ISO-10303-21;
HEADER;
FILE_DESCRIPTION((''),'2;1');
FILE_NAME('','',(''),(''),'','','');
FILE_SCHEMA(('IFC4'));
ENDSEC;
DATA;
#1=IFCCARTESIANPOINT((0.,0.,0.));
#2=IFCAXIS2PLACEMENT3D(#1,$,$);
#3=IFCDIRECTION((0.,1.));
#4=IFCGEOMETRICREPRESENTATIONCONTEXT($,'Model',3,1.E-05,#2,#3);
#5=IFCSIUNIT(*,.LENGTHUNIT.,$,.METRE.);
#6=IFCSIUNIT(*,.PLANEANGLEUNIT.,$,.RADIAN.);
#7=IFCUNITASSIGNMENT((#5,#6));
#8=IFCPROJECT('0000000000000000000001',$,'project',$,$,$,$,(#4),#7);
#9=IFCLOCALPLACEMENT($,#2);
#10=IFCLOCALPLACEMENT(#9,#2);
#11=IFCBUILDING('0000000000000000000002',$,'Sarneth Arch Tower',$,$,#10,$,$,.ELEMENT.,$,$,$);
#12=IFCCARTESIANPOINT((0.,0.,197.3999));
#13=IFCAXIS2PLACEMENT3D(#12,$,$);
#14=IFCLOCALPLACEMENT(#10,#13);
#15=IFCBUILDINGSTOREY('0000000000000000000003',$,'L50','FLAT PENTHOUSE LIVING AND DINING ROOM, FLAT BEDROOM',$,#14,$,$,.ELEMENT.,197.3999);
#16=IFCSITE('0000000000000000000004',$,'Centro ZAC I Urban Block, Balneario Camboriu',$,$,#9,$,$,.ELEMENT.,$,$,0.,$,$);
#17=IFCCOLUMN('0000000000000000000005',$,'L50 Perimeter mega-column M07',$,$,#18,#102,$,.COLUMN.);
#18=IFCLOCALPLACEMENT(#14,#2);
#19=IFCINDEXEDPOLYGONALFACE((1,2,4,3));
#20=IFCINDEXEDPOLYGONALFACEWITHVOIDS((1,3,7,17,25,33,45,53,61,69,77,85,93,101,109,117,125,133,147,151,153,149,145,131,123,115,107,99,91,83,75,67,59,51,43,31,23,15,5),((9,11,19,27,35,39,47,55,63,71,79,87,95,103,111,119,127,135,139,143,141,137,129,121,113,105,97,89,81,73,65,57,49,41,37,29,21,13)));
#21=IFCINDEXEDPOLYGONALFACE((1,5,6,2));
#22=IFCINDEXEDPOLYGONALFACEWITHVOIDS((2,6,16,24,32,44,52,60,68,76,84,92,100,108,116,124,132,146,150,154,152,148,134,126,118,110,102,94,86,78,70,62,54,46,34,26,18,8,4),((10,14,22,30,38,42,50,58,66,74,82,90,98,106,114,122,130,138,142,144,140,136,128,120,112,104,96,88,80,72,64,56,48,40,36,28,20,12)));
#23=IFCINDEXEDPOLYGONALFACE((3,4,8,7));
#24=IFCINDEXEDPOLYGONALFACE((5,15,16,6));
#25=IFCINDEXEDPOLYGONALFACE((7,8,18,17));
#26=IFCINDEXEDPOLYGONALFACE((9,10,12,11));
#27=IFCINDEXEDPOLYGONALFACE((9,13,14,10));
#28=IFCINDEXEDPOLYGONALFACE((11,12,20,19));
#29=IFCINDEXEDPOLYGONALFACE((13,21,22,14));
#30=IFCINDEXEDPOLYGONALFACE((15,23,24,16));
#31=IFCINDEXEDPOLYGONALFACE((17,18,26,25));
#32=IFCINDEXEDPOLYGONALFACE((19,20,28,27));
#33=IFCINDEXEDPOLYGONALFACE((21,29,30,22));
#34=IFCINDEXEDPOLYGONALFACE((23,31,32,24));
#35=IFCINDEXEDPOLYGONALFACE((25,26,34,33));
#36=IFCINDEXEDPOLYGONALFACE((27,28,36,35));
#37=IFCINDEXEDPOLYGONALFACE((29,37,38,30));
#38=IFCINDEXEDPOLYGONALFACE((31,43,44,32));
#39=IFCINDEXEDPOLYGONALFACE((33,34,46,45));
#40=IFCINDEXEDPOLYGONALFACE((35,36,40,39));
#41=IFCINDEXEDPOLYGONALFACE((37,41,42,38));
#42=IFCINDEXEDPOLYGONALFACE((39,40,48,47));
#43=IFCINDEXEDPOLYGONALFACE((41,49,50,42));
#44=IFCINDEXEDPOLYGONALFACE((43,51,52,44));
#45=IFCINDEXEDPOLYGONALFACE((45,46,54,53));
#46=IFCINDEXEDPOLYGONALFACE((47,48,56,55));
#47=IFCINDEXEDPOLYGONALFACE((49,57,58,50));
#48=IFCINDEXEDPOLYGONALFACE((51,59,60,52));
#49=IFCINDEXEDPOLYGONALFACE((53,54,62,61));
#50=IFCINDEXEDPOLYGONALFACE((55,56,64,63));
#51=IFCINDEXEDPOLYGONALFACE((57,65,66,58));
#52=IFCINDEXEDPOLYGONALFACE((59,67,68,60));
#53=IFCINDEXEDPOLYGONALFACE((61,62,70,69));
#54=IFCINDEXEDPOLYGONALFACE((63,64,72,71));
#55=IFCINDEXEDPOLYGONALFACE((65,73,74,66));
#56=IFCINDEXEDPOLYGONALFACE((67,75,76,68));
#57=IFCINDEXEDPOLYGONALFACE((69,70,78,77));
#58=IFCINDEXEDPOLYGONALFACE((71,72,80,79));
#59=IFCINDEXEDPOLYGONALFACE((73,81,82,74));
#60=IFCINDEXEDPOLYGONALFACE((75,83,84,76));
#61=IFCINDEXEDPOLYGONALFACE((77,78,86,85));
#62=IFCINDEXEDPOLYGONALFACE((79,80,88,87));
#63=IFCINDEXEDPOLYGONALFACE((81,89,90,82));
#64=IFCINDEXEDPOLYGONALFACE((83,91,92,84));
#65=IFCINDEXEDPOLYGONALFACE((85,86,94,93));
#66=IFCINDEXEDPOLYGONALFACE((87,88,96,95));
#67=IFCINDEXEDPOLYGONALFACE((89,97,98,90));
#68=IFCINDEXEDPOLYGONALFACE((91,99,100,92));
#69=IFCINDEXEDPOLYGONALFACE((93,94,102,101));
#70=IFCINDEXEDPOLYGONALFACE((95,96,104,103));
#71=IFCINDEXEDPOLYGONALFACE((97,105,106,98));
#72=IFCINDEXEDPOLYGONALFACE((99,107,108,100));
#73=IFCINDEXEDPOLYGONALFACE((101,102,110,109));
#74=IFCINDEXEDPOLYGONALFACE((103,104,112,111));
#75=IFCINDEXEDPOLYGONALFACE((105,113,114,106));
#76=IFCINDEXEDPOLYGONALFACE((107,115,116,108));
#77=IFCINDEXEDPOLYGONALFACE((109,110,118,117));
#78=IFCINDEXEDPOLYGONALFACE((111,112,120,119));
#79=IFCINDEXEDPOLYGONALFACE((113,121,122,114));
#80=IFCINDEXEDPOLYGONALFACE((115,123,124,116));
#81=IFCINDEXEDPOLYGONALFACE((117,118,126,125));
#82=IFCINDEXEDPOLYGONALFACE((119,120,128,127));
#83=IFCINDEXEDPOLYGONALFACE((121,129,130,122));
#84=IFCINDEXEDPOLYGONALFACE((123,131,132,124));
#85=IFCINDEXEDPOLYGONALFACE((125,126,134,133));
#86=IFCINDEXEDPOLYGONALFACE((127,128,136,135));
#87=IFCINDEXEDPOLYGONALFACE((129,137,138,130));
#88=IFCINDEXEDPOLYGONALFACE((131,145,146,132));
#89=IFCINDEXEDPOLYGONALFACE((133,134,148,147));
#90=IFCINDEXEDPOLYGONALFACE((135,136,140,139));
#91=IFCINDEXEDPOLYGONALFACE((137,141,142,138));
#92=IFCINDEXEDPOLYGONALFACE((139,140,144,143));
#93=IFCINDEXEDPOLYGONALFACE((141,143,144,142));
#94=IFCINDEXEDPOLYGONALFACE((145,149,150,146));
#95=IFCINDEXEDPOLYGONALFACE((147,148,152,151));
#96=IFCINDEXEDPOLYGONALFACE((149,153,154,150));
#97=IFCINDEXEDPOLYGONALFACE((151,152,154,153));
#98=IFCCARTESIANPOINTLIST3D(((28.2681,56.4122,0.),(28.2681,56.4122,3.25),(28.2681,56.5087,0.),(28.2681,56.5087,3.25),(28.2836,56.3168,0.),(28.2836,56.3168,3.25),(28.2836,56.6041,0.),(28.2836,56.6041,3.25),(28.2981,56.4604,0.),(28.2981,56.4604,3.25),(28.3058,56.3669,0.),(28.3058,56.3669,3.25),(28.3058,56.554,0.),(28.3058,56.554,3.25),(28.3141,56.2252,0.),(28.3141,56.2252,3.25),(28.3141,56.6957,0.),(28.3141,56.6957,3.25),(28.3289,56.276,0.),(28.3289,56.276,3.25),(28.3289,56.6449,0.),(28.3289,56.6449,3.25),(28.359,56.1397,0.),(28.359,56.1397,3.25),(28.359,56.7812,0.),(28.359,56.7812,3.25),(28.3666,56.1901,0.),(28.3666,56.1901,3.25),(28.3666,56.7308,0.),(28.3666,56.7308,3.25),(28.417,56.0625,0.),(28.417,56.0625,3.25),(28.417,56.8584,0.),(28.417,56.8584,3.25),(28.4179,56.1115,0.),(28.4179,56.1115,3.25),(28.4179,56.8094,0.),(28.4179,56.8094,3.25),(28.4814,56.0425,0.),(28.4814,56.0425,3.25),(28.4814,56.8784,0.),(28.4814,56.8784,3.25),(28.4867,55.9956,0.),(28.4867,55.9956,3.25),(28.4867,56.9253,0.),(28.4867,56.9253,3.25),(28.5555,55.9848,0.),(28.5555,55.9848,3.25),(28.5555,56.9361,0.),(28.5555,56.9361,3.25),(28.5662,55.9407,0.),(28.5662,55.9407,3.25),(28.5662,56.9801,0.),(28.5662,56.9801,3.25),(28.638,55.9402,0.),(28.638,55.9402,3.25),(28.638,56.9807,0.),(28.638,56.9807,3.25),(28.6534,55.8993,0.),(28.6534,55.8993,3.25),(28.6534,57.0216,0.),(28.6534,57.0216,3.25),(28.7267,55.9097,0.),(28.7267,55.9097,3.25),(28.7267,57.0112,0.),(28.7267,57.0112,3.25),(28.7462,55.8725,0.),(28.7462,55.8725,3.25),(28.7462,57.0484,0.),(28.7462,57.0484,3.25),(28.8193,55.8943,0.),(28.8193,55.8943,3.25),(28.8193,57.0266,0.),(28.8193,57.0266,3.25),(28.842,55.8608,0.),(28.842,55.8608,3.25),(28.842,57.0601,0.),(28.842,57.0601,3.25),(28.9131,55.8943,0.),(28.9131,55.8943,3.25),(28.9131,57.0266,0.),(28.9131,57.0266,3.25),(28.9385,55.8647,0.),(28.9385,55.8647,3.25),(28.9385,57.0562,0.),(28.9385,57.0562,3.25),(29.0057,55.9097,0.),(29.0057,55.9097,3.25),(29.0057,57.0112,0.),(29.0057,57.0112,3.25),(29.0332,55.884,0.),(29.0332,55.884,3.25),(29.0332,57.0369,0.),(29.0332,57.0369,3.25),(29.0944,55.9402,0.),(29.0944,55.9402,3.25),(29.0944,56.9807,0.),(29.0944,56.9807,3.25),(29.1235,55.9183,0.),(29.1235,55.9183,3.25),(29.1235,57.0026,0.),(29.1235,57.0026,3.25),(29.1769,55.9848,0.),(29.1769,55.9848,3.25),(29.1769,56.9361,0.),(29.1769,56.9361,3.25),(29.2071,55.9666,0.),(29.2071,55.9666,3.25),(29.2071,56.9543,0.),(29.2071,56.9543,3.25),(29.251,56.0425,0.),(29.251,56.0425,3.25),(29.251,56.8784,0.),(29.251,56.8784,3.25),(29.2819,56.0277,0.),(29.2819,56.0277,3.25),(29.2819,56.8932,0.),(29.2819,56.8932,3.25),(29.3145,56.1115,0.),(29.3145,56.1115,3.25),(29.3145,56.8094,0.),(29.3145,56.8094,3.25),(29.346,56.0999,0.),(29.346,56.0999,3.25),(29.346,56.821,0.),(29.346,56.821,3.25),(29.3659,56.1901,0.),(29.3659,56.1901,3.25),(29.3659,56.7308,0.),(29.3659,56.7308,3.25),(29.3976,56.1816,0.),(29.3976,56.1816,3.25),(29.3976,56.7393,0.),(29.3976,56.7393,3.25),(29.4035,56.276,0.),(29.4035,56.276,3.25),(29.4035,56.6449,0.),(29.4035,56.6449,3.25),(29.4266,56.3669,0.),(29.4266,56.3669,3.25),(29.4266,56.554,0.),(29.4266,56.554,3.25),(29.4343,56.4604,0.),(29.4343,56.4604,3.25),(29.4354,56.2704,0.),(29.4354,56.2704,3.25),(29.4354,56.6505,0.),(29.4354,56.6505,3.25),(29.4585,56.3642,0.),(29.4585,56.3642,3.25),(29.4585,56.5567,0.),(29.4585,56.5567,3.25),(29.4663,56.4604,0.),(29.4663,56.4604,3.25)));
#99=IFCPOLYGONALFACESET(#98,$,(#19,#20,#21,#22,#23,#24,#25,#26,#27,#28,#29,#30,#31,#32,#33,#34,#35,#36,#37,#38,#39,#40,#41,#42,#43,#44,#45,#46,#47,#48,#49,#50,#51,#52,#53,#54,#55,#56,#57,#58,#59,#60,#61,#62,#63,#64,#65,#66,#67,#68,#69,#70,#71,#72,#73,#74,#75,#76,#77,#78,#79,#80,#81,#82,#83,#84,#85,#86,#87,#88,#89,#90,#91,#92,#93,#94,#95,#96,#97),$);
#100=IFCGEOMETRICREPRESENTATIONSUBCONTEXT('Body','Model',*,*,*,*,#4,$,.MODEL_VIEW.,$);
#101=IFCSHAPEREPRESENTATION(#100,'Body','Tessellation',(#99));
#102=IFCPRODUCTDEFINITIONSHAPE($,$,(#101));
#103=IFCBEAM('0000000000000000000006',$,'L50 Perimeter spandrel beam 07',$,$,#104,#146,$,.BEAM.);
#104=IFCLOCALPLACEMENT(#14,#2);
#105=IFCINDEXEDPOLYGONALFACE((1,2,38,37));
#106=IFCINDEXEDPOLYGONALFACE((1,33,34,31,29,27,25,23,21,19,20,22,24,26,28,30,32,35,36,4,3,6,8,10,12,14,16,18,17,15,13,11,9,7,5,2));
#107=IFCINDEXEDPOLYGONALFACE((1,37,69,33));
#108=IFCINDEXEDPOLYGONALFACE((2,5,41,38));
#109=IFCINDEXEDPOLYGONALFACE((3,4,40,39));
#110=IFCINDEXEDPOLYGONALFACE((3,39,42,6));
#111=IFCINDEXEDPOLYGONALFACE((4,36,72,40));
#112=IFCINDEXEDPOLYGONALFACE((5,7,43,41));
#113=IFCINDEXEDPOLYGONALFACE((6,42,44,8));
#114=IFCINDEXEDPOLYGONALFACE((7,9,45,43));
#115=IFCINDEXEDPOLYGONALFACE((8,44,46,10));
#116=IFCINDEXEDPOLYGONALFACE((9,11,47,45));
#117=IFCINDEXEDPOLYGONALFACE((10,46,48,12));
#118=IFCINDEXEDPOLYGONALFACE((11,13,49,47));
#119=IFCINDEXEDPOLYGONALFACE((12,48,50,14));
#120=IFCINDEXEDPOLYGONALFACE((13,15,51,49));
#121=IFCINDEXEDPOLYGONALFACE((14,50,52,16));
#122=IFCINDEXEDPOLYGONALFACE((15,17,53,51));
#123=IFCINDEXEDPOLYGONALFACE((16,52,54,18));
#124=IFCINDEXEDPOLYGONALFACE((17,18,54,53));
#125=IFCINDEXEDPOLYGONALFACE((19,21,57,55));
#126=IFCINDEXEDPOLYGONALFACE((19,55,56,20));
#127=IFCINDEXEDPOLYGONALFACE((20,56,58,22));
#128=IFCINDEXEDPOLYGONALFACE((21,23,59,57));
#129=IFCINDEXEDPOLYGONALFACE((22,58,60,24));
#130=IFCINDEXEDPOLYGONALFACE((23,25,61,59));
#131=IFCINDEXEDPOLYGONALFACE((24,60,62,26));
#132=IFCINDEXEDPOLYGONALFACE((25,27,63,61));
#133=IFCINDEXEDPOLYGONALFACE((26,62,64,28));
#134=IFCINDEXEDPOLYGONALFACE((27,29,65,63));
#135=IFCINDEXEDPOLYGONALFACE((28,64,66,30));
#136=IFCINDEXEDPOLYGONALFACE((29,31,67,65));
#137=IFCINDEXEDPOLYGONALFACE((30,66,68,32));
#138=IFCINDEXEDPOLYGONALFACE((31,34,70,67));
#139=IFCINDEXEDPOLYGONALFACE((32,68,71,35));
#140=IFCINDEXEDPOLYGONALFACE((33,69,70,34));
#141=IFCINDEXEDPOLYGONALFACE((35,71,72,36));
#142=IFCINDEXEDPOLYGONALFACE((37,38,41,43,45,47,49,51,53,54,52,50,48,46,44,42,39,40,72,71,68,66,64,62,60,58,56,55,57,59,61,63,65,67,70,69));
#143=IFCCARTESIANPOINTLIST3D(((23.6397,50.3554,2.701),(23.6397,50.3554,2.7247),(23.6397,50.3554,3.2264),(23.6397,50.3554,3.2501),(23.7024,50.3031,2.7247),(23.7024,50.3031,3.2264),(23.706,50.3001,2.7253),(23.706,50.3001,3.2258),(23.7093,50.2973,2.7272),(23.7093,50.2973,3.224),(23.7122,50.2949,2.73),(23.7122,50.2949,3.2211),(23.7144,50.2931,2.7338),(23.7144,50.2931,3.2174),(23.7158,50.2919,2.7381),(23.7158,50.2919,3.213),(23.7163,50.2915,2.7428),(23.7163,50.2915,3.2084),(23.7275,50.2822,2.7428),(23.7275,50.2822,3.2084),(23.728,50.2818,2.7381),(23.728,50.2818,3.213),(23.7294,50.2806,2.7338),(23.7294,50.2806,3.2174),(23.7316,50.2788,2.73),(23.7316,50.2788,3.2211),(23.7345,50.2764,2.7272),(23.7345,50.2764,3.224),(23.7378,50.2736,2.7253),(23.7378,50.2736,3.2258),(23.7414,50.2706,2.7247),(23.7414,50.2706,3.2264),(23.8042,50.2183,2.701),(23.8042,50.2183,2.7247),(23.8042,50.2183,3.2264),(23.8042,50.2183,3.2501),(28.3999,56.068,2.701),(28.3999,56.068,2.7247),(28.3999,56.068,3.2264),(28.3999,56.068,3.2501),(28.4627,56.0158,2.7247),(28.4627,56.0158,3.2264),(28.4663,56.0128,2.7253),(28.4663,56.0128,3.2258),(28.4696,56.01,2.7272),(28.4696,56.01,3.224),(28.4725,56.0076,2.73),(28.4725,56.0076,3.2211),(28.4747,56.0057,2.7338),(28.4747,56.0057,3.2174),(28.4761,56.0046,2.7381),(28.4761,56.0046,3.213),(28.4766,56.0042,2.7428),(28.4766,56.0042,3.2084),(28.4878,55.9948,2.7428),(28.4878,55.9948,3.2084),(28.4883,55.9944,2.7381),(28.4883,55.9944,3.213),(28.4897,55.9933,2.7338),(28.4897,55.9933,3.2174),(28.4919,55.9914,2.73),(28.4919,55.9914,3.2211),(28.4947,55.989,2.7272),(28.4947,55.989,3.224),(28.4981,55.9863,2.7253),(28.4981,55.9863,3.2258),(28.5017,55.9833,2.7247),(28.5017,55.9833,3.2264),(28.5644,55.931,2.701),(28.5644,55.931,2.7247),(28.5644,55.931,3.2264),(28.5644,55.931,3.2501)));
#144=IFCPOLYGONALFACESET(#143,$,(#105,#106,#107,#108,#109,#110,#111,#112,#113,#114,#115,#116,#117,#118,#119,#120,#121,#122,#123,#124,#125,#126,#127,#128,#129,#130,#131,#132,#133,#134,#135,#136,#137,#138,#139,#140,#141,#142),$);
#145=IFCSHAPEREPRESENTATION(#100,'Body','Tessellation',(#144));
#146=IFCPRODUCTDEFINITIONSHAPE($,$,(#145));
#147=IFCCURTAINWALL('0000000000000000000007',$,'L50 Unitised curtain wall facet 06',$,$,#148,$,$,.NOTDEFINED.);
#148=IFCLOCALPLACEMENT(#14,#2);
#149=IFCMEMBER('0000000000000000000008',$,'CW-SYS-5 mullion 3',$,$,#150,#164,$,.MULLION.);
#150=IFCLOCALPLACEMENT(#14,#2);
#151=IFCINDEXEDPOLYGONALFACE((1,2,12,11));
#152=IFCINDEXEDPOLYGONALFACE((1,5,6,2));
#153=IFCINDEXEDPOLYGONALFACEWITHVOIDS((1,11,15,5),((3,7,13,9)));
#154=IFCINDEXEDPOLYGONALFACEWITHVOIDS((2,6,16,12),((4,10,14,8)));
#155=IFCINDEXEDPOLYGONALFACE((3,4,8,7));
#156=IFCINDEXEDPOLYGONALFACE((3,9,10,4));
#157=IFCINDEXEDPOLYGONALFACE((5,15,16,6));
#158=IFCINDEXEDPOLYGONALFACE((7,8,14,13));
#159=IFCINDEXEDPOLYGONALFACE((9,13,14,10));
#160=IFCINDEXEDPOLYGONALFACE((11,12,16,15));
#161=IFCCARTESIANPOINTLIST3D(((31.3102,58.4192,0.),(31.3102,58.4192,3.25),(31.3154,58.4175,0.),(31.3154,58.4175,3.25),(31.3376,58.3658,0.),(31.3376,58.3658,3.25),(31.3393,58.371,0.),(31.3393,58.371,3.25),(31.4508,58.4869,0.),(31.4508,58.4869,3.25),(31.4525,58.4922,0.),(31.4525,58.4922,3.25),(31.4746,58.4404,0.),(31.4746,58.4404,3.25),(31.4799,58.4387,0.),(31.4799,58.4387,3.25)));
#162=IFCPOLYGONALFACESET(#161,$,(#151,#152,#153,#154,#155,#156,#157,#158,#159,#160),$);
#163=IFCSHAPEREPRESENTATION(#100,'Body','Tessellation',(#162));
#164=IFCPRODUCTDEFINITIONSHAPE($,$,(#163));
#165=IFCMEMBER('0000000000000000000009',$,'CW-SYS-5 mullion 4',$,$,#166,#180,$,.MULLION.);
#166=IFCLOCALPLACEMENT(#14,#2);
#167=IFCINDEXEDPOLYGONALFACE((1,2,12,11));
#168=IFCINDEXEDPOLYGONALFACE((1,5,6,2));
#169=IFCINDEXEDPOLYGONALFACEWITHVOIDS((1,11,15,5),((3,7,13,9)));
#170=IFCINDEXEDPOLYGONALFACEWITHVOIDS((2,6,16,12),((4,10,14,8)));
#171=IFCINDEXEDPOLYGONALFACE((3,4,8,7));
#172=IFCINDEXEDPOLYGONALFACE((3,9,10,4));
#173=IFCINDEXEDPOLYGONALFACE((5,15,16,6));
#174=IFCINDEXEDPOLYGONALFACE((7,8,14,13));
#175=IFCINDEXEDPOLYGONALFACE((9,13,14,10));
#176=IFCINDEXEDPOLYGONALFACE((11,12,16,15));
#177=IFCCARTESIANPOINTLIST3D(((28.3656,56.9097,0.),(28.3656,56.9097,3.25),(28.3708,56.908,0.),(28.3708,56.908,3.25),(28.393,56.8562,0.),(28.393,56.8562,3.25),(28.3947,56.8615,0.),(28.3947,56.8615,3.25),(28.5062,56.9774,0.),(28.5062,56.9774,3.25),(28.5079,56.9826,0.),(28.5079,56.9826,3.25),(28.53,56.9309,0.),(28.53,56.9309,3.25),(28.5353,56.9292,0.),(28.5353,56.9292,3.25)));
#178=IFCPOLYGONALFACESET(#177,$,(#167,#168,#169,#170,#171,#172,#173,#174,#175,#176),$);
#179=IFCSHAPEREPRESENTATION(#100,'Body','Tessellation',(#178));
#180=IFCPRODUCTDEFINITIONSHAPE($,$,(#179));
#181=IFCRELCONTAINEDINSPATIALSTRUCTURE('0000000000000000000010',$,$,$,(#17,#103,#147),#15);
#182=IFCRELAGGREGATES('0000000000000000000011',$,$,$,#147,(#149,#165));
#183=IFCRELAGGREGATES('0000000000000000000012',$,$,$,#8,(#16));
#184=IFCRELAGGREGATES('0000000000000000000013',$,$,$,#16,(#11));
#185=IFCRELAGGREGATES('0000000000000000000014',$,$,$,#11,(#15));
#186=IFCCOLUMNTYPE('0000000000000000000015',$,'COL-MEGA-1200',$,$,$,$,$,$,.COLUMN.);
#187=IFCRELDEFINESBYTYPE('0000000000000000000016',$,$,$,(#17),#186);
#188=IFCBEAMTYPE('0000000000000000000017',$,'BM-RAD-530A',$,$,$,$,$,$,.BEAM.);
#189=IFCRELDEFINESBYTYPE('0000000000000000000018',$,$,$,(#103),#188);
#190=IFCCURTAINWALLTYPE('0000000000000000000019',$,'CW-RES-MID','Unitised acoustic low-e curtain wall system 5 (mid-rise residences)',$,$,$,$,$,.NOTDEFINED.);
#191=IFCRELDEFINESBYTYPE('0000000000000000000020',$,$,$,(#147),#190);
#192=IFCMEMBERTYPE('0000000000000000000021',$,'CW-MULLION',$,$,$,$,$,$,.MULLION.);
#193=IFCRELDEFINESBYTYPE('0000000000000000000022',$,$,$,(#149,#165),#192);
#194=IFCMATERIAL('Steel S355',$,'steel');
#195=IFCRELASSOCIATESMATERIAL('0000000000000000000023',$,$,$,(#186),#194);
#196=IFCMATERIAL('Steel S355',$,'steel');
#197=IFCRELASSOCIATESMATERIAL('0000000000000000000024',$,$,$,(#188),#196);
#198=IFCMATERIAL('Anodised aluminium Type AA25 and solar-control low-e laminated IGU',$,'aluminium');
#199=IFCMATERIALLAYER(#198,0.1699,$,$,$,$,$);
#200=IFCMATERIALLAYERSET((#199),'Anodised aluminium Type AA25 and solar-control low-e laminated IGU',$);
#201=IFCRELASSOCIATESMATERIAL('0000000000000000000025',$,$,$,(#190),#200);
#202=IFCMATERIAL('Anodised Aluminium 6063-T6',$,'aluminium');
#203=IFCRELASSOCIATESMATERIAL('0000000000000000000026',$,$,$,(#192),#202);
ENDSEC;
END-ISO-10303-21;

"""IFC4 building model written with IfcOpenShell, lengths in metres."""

from ifc_helpers import new_model, si_unit, direction, frame, origin, origin_2d, place, context, subcontext, project, spatial, hollow_rectangle, hollow_circle, i_section, extrude, material, layer, layer_set, material_profile, profile_set, type_object, element, aggregate, save


model = new_model("IFC4")

# Units and contexts
model_context = context("Model", 3, precision=1e-05, world=origin(), true_north=direction((0.0, 1.0)))
body_context = subcontext(model_context, "Body", "Model", "MODEL_VIEW")
ifc_project = project(units=[si_unit("LENGTHUNIT", "METRE"), si_unit("PLANEANGLEUNIT", "RADIAN")], contexts=[model_context])

# Site, building, storey
site_placement = place(None, origin())
site = spatial("IfcSite", under=ifc_project, at=site_placement, Name="Centro ZAC I Urban Block, Balneario Camboriu", CompositionType="ELEMENT", RefElevation=0.0)
building_placement = place(site_placement, origin())
building = spatial("IfcBuilding", under=site, at=building_placement, Name="Sarneth Arch Tower", CompositionType="ELEMENT")
storey_placement = place(building_placement, frame((0.0, 0.0, 197.3999)))
storey = spatial("IfcBuildingStorey", under=building, at=storey_placement, Name="L50", Description="FLAT PENTHOUSE LIVING AND DINING ROOM, FLAT BEDROOM", CompositionType="ELEMENT", Elevation=197.3999)

# Column
ifc_material_1 = material(Name="Steel S355", Category="steel")
ifc_material_profile_1 = material_profile(ifc_material_1, hollow_circle(Radius=0.6001, WallThickness=0.032, at=origin_2d()), Name="CHS1200x32")
ifc_profile_set_1 = profile_set([ifc_material_profile_1], Name="Steel S355")
column_type = type_object("IfcColumnType", Name="COL-MEGA-1200", PredefinedType="COLUMN", material=ifc_profile_set_1)
column_placement = place(storey_placement, frame((28.8662, 56.4604, 0.0), z_axis=(0.0, 0.0, 1.0), x_axis=(1.0, 0.0, 0.0)))
element("IfcColumn", 1, at=column_placement, inside=storey, type_object=column_type, Name="L50 Perimeter mega-column M07", PredefinedType="COLUMN", context=body_context, shape_type="SweptSolid", body=[
    extrude(hollow_circle(Radius=0.6001, WallThickness=0.032, at=origin_2d()), origin(), (0.0, 0.0, 1.0), 3.25),
])

# Beam
ifc_material_2 = material(Name="Steel S355", Category="steel")
ifc_material_profile_2 = material_profile(ifc_material_2, i_section(OverallWidth=0.2141, OverallDepth=0.5491, WebThickness=0.0146, FlangeThickness=0.0237, FilletRadius=0.0181, at=origin_2d()), Name="W530x138")
ifc_profile_set_2 = profile_set([ifc_material_profile_2], Name="Steel S355")
beam_type = type_object("IfcBeamType", Name="BM-RAD-530A", PredefinedType="BEAM", material=ifc_profile_set_2)
beam_placement = place(storey_placement, frame((28.4822, 55.9995, 2.9756), z_axis=(-0.640162, -0.76824, 0.0), x_axis=(0.76824, -0.640162, 0.0)))
element("IfcBeam", 2, at=beam_placement, inside=storey, type_object=beam_type, Name="L50 Perimeter spandrel beam 07", PredefinedType="BEAM", context=body_context, shape_type="SweptSolid", body=[
    extrude(i_section(OverallWidth=0.2141, OverallDepth=0.5491, WebThickness=0.0146, FlangeThickness=0.0237, FilletRadius=0.0181, at=origin_2d()), origin(), (0.0, 0.0, 1.0), 7.436),
])

# Curtain wall, members
ifc_material_3 = material(Name="Anodised aluminium Type AA25 and solar-control low-e laminated IGU", Category="aluminium")
ifc_layer_1 = layer(ifc_material_3, 0.1699)
ifc_layer_set_1 = layer_set([ifc_layer_1], Name="Anodised aluminium Type AA25 and solar-control low-e laminated IGU")
curtain_wall_type = type_object("IfcCurtainWallType", Name="CW-RES-MID", Description="Unitised acoustic low-e curtain wall system 5 (mid-rise residences)", PredefinedType="NOTDEFINED", material=ifc_layer_set_1)
curtain_wall_placement = place(storey_placement, origin())
curtain_wall = element("IfcCurtainWall", 3, at=curtain_wall_placement, inside=storey, type_object=curtain_wall_type, Name="L50 Unitised curtain wall facet 06", PredefinedType="NOTDEFINED")
ifc_material_4 = material(Name="Anodised Aluminium 6063-T6", Category="aluminium")
ifc_material_profile_3 = material_profile(ifc_material_4, hollow_rectangle(XDim=0.0601, YDim=0.1599, WallThickness=0.0039, at=origin_2d()), Name="AL-MULL-160x60x4")
ifc_profile_set_3 = profile_set([ifc_material_profile_3], Name="Anodised Aluminium 6063-T6")
member_type_1 = type_object("IfcMemberType", Name="CW-MULLION", PredefinedType="MULLION", material=ifc_profile_set_3)
member_1_placement = place(storey_placement, frame((31.395, 58.429, 0.0), z_axis=(0.0, 0.0, 1.0), x_axis=(0.456208, -0.889873, 0.0)))
member_1 = element("IfcMember", 4, at=member_1_placement, type_object=member_type_1, Name="CW-SYS-5 mullion 3", PredefinedType="MULLION", context=body_context, shape_type="SweptSolid", body=[
    extrude(hollow_rectangle(XDim=0.0601, YDim=0.1599, WallThickness=0.0039, at=origin_2d()), origin(), (0.0, 0.0, 1.0), 3.25),
])
member_2_placement = place(storey_placement, frame((28.4504, 56.9194, 0.0), z_axis=(0.0, 0.0, 1.0), x_axis=(0.456208, -0.889873, 0.0)))
member_2 = element("IfcMember", 5, at=member_2_placement, type_object=member_type_1, Name="CW-SYS-5 mullion 4", PredefinedType="MULLION", context=body_context, shape_type="SweptSolid", body=[
    extrude(hollow_rectangle(XDim=0.0601, YDim=0.1599, WallThickness=0.0039, at=origin_2d()), origin(), (0.0, 0.0, 1.0), 3.25),
])
aggregate(curtain_wall, [member_1, member_2])

save(model, "model.ifc")
